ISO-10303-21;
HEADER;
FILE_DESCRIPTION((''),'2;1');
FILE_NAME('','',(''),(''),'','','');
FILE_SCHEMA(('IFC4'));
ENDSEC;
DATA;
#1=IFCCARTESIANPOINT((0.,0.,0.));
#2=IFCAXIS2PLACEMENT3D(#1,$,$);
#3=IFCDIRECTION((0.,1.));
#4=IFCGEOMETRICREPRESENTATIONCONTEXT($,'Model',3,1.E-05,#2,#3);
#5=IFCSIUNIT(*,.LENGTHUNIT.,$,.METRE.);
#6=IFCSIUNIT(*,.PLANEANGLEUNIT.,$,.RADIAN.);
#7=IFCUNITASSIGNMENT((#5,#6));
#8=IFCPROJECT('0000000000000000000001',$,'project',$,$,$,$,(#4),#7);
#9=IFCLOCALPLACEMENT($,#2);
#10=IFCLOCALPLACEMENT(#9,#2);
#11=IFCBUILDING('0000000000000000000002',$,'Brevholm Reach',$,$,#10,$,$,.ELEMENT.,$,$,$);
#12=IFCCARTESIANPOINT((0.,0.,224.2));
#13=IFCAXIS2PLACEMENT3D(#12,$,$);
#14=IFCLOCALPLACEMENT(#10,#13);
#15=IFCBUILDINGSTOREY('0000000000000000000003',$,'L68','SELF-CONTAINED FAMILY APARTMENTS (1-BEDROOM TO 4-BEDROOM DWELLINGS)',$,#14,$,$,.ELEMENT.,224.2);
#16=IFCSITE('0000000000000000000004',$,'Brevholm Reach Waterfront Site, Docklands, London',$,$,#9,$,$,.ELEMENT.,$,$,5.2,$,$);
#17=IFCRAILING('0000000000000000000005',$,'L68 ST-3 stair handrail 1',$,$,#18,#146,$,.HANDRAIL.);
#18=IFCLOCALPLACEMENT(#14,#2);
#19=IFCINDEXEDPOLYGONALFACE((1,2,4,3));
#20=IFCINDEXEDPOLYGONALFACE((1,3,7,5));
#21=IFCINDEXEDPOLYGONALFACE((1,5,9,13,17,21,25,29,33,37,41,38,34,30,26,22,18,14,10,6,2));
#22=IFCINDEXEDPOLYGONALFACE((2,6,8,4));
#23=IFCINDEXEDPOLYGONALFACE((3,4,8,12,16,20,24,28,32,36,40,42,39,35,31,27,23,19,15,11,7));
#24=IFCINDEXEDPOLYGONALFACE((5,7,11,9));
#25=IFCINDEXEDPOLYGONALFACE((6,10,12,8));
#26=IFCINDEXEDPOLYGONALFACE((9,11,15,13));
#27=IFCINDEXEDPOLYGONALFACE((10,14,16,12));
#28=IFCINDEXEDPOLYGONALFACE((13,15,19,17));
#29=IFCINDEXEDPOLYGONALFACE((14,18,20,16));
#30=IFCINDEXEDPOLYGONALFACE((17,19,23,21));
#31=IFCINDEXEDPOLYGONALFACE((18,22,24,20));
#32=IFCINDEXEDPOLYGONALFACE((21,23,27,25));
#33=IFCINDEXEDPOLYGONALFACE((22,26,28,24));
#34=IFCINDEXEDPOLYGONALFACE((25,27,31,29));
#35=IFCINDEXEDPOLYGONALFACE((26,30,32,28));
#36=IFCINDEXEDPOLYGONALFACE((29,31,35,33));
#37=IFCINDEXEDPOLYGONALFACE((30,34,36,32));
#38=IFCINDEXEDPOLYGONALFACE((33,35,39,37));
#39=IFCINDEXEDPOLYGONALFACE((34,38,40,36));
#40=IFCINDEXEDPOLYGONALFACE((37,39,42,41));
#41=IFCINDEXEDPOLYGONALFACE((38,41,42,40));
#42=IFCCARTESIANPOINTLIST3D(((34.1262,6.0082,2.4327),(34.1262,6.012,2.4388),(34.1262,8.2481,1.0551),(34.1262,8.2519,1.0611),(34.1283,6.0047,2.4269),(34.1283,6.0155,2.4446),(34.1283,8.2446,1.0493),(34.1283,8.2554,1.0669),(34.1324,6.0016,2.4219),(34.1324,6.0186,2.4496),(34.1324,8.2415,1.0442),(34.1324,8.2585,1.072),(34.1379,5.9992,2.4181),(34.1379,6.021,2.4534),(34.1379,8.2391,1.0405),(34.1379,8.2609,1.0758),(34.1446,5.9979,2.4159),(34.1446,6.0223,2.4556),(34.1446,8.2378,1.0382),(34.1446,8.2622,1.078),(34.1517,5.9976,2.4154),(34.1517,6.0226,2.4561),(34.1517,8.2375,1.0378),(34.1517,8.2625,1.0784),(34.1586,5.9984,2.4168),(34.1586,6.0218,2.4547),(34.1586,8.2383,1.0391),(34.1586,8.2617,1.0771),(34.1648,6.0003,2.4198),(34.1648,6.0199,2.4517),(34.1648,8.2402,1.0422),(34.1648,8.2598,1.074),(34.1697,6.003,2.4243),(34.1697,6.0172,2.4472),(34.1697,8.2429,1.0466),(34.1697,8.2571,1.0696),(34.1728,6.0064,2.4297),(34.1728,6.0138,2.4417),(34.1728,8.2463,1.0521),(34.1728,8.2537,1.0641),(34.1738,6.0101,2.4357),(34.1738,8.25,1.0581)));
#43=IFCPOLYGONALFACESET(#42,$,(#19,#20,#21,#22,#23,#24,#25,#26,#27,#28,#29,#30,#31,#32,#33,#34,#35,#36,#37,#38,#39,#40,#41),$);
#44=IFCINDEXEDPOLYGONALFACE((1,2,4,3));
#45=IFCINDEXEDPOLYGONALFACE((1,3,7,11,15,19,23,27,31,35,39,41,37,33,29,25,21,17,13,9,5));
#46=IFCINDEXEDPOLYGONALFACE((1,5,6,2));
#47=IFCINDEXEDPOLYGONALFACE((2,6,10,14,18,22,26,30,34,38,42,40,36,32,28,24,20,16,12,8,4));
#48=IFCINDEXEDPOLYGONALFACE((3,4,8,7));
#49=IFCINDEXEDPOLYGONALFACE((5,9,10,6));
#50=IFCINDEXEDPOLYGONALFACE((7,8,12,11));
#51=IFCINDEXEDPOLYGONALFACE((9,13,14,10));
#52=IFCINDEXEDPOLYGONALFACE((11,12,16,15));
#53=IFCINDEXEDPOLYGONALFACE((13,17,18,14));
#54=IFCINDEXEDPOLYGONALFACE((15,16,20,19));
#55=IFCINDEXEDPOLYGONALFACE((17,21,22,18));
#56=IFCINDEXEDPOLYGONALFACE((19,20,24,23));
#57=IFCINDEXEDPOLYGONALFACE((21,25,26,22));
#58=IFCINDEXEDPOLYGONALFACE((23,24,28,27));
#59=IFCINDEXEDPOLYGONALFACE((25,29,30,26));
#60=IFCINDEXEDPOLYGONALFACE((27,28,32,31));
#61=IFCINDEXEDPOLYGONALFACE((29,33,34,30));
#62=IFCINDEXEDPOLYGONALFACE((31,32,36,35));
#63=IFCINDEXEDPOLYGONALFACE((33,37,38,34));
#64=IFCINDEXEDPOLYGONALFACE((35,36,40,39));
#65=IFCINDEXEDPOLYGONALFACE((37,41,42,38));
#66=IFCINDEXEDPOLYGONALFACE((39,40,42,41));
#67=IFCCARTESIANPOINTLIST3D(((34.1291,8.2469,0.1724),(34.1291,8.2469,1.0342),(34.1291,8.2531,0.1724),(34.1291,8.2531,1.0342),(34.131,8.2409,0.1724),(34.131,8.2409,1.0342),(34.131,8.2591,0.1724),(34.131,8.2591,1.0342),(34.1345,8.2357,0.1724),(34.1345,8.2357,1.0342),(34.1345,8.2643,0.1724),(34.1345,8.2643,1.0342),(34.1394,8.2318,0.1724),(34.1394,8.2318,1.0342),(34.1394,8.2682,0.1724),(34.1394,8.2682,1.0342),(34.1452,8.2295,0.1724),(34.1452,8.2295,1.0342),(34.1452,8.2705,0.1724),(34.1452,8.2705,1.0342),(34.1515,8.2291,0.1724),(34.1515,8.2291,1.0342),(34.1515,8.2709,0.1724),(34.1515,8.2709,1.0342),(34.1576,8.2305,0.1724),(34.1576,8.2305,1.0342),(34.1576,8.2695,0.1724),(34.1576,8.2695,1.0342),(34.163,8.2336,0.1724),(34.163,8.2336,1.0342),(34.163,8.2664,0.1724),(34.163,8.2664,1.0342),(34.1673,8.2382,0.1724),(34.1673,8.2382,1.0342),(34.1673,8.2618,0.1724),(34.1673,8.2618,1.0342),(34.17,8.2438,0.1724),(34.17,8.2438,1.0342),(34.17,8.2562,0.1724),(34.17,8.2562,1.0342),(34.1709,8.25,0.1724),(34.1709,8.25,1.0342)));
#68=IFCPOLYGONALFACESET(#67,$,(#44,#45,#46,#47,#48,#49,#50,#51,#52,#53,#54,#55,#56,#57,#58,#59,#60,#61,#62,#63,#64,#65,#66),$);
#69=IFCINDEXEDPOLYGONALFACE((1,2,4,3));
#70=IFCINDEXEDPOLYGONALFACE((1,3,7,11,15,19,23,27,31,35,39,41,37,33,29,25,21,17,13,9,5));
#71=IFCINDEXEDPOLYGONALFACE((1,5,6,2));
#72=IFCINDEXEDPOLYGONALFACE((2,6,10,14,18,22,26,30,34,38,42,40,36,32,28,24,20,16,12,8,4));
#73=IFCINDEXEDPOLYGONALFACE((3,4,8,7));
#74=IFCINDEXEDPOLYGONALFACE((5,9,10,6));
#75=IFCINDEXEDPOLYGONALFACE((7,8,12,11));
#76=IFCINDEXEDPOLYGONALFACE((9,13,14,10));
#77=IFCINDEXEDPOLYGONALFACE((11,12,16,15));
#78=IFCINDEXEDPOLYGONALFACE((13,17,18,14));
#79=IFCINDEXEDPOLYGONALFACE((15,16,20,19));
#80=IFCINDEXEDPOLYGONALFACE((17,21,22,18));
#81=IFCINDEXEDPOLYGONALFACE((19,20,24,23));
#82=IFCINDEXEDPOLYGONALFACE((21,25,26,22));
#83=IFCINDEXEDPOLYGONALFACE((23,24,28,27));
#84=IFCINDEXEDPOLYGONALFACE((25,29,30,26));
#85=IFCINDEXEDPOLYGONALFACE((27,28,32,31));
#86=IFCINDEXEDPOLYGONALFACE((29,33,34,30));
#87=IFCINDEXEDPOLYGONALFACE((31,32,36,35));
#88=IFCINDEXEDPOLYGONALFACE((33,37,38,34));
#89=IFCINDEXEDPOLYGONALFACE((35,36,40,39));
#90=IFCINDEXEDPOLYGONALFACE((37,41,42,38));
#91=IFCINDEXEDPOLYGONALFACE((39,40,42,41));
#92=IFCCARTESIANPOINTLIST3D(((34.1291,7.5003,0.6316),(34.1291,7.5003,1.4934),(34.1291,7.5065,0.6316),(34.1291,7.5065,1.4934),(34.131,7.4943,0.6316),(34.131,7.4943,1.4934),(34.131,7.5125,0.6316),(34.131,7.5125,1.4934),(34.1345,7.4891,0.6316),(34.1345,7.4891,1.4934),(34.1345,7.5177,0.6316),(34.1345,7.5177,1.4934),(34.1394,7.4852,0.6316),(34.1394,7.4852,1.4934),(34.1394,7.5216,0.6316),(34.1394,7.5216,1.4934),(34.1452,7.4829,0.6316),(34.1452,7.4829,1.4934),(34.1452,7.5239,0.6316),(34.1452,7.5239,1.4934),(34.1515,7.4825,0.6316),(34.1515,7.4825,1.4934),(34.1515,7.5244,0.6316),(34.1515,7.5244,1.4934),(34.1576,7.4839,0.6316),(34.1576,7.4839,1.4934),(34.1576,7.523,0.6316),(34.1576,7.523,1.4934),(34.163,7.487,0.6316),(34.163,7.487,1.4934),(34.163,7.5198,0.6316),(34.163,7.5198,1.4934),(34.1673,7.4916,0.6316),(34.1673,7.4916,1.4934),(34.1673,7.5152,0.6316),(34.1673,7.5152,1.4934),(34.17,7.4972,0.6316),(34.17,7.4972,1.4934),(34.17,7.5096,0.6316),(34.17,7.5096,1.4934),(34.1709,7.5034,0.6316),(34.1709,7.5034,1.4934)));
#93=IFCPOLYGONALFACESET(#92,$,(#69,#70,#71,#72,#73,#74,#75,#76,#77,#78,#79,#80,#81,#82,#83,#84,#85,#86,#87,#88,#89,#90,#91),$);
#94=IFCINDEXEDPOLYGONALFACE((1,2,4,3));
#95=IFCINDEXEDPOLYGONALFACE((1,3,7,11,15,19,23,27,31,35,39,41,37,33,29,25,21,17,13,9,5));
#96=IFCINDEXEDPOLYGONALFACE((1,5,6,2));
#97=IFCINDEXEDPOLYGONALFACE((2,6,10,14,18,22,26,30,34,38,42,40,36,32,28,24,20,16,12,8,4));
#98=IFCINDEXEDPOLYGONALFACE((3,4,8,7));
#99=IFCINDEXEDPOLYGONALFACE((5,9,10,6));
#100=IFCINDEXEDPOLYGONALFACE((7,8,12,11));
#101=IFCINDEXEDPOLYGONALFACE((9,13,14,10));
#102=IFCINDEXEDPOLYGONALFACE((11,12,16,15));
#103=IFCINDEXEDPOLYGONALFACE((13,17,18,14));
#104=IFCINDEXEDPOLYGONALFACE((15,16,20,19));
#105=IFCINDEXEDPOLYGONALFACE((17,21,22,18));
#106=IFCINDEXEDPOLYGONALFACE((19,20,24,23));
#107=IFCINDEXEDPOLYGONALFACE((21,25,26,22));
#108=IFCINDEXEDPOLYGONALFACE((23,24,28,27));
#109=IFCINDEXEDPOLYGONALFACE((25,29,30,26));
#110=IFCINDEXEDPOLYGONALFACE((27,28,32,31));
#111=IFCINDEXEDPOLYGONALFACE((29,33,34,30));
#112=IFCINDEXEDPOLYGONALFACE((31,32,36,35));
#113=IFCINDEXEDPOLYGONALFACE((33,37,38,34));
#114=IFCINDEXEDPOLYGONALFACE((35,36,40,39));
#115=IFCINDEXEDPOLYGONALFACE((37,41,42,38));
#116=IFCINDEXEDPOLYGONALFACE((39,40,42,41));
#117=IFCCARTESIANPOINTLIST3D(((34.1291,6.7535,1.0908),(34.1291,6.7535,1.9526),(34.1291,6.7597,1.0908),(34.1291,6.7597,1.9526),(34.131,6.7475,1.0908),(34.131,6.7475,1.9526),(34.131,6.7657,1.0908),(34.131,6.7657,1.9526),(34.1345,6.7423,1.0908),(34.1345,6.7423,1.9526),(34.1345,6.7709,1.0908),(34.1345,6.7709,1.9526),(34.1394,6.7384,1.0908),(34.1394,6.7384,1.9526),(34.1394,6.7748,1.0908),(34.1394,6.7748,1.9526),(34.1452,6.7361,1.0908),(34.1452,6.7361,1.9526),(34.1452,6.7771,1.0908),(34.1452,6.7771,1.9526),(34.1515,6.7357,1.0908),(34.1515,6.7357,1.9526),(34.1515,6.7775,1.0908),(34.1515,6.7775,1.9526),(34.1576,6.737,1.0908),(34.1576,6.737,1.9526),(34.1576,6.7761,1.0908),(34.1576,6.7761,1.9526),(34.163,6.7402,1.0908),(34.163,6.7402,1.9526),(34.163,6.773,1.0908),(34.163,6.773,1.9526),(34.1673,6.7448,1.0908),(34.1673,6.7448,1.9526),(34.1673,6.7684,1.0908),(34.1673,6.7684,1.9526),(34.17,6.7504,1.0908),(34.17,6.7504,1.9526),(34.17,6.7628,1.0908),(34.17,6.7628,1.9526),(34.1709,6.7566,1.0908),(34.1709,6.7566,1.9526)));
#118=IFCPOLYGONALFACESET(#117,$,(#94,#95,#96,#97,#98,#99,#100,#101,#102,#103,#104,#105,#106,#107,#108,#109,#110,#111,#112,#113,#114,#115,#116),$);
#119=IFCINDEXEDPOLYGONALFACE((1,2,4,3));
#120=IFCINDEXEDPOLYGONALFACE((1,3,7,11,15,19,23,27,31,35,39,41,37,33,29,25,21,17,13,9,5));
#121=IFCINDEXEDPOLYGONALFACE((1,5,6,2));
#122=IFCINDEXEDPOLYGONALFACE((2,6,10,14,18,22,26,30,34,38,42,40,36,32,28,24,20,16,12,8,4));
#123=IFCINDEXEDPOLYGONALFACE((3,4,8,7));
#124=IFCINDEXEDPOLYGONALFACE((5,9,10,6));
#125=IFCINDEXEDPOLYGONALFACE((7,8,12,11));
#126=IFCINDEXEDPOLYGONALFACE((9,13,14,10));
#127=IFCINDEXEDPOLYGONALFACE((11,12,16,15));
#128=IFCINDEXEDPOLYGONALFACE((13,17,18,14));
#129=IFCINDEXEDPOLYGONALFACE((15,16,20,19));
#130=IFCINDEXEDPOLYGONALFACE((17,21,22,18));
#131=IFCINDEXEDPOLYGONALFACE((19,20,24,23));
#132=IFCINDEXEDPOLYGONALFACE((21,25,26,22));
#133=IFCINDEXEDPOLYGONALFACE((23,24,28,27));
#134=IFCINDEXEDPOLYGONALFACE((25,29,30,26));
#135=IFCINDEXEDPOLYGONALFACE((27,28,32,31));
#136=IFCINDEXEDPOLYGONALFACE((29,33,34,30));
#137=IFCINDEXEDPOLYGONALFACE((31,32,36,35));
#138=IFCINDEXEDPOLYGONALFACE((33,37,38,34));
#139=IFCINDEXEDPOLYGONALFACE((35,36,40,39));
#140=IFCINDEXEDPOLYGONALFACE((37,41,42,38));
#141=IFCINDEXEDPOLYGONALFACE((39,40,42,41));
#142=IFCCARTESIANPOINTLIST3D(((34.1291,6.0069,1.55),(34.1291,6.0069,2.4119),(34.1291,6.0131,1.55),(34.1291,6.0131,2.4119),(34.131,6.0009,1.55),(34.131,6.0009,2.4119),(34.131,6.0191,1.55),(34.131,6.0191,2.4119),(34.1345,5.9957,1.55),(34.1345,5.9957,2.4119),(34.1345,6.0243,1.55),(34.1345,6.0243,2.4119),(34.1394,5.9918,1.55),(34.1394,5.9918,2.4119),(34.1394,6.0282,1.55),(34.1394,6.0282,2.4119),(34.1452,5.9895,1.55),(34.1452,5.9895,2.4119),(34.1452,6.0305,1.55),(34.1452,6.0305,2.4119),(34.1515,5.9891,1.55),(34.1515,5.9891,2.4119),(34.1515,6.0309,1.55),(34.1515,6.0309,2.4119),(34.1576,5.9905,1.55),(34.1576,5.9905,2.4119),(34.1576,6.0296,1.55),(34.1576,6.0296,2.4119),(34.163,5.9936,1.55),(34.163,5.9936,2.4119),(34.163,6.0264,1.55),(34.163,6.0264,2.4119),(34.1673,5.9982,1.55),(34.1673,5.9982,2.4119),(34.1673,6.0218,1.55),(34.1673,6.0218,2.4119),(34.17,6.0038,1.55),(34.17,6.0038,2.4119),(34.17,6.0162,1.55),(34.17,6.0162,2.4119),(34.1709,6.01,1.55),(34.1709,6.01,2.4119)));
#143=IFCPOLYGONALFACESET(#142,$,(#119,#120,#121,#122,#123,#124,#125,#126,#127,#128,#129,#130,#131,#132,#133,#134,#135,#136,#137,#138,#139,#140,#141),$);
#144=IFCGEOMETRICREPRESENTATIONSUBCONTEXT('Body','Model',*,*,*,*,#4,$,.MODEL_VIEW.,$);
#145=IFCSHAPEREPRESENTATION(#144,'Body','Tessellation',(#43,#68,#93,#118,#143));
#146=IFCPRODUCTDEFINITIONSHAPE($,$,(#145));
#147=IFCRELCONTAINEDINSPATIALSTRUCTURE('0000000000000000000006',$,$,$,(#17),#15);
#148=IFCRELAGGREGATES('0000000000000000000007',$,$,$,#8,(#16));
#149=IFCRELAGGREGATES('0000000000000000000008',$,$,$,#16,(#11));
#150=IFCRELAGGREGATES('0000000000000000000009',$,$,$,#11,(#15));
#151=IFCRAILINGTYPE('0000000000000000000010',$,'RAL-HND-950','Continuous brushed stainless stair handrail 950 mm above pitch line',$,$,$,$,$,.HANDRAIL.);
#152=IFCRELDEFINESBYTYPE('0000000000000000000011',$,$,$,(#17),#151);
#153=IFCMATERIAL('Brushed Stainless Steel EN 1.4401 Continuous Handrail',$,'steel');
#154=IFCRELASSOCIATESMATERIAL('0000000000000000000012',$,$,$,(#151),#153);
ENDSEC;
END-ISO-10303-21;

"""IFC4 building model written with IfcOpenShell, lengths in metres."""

from ifc_helpers import new_model, si_unit, direction, frame, origin, origin_2d, place, context, subcontext, project, spatial, circle, extrude, material, type_object, element, save


model = new_model("IFC4")

# Units and contexts
model_context = context("Model", 3, precision=1e-05, world=origin(), true_north=direction((0.0, 1.0)))
body_context = subcontext(model_context, "Body", "Model", "MODEL_VIEW")
ifc_project = project(units=[si_unit("LENGTHUNIT", "METRE"), si_unit("PLANEANGLEUNIT", "RADIAN")], contexts=[model_context])

# Site, building, storey
site_placement = place(None, origin())
site = spatial("IfcSite", under=ifc_project, at=site_placement, Name="Brevholm Reach Waterfront Site, Docklands, London", CompositionType="ELEMENT", RefElevation=5.2)
building_placement = place(site_placement, origin())
building = spatial("IfcBuilding", under=site, at=building_placement, Name="Brevholm Reach", CompositionType="ELEMENT")
storey_placement = place(building_placement, frame((0.0, 0.0, 224.2)))
storey = spatial("IfcBuildingStorey", under=building, at=storey_placement, Name="L68", Description="SELF-CONTAINED FAMILY APARTMENTS (1-BEDROOM TO 4-BEDROOM DWELLINGS)", CompositionType="ELEMENT", Elevation=224.2)

# Railing
ifc_material_1 = material(Name="Brushed Stainless Steel EN 1.4401 Continuous Handrail", Category="steel")
railing_type_1 = type_object("IfcRailingType", Name="RAL-HND-950", Description="Continuous brushed stainless stair handrail 950 mm above pitch line", PredefinedType="HANDRAIL", material=ifc_material_1)
railing_1_placement = place(storey_placement, frame((34.1499, 8.25, 0.1724)))
element("IfcRailing", 1, at=railing_1_placement, inside=storey, type_object=railing_type_1, Name="L68 ST-3 stair handrail 1", PredefinedType="HANDRAIL", context=body_context, shape_type="SweptSolid", body=[
    extrude(circle(Radius=0.0239, at=origin_2d()), frame((0.0, 0.0, 0.8857), z_axis=(0.0, -0.851789, 0.523885), x_axis=(1.0, 0.0, 0.0)), (0.0, 0.0, 1.0), 2.6296),
    extrude(circle(Radius=0.021, at=origin_2d()), origin(), (0.0, 0.0, 1.0), 0.8618),
    extrude(circle(Radius=0.021, at=origin_2d()), frame((0.0, -0.7466, 0.4592)), (0.0, 0.0, 1.0), 0.8618),
    extrude(circle(Radius=0.021, at=origin_2d()), frame((0.0, -1.4934, 0.9185)), (0.0, 0.0, 1.0), 0.8618),
    extrude(circle(Radius=0.021, at=origin_2d()), frame((0.0, -2.24, 1.3777)), (0.0, 0.0, 1.0), 0.8618),
])

save(model, "model.ifc")
